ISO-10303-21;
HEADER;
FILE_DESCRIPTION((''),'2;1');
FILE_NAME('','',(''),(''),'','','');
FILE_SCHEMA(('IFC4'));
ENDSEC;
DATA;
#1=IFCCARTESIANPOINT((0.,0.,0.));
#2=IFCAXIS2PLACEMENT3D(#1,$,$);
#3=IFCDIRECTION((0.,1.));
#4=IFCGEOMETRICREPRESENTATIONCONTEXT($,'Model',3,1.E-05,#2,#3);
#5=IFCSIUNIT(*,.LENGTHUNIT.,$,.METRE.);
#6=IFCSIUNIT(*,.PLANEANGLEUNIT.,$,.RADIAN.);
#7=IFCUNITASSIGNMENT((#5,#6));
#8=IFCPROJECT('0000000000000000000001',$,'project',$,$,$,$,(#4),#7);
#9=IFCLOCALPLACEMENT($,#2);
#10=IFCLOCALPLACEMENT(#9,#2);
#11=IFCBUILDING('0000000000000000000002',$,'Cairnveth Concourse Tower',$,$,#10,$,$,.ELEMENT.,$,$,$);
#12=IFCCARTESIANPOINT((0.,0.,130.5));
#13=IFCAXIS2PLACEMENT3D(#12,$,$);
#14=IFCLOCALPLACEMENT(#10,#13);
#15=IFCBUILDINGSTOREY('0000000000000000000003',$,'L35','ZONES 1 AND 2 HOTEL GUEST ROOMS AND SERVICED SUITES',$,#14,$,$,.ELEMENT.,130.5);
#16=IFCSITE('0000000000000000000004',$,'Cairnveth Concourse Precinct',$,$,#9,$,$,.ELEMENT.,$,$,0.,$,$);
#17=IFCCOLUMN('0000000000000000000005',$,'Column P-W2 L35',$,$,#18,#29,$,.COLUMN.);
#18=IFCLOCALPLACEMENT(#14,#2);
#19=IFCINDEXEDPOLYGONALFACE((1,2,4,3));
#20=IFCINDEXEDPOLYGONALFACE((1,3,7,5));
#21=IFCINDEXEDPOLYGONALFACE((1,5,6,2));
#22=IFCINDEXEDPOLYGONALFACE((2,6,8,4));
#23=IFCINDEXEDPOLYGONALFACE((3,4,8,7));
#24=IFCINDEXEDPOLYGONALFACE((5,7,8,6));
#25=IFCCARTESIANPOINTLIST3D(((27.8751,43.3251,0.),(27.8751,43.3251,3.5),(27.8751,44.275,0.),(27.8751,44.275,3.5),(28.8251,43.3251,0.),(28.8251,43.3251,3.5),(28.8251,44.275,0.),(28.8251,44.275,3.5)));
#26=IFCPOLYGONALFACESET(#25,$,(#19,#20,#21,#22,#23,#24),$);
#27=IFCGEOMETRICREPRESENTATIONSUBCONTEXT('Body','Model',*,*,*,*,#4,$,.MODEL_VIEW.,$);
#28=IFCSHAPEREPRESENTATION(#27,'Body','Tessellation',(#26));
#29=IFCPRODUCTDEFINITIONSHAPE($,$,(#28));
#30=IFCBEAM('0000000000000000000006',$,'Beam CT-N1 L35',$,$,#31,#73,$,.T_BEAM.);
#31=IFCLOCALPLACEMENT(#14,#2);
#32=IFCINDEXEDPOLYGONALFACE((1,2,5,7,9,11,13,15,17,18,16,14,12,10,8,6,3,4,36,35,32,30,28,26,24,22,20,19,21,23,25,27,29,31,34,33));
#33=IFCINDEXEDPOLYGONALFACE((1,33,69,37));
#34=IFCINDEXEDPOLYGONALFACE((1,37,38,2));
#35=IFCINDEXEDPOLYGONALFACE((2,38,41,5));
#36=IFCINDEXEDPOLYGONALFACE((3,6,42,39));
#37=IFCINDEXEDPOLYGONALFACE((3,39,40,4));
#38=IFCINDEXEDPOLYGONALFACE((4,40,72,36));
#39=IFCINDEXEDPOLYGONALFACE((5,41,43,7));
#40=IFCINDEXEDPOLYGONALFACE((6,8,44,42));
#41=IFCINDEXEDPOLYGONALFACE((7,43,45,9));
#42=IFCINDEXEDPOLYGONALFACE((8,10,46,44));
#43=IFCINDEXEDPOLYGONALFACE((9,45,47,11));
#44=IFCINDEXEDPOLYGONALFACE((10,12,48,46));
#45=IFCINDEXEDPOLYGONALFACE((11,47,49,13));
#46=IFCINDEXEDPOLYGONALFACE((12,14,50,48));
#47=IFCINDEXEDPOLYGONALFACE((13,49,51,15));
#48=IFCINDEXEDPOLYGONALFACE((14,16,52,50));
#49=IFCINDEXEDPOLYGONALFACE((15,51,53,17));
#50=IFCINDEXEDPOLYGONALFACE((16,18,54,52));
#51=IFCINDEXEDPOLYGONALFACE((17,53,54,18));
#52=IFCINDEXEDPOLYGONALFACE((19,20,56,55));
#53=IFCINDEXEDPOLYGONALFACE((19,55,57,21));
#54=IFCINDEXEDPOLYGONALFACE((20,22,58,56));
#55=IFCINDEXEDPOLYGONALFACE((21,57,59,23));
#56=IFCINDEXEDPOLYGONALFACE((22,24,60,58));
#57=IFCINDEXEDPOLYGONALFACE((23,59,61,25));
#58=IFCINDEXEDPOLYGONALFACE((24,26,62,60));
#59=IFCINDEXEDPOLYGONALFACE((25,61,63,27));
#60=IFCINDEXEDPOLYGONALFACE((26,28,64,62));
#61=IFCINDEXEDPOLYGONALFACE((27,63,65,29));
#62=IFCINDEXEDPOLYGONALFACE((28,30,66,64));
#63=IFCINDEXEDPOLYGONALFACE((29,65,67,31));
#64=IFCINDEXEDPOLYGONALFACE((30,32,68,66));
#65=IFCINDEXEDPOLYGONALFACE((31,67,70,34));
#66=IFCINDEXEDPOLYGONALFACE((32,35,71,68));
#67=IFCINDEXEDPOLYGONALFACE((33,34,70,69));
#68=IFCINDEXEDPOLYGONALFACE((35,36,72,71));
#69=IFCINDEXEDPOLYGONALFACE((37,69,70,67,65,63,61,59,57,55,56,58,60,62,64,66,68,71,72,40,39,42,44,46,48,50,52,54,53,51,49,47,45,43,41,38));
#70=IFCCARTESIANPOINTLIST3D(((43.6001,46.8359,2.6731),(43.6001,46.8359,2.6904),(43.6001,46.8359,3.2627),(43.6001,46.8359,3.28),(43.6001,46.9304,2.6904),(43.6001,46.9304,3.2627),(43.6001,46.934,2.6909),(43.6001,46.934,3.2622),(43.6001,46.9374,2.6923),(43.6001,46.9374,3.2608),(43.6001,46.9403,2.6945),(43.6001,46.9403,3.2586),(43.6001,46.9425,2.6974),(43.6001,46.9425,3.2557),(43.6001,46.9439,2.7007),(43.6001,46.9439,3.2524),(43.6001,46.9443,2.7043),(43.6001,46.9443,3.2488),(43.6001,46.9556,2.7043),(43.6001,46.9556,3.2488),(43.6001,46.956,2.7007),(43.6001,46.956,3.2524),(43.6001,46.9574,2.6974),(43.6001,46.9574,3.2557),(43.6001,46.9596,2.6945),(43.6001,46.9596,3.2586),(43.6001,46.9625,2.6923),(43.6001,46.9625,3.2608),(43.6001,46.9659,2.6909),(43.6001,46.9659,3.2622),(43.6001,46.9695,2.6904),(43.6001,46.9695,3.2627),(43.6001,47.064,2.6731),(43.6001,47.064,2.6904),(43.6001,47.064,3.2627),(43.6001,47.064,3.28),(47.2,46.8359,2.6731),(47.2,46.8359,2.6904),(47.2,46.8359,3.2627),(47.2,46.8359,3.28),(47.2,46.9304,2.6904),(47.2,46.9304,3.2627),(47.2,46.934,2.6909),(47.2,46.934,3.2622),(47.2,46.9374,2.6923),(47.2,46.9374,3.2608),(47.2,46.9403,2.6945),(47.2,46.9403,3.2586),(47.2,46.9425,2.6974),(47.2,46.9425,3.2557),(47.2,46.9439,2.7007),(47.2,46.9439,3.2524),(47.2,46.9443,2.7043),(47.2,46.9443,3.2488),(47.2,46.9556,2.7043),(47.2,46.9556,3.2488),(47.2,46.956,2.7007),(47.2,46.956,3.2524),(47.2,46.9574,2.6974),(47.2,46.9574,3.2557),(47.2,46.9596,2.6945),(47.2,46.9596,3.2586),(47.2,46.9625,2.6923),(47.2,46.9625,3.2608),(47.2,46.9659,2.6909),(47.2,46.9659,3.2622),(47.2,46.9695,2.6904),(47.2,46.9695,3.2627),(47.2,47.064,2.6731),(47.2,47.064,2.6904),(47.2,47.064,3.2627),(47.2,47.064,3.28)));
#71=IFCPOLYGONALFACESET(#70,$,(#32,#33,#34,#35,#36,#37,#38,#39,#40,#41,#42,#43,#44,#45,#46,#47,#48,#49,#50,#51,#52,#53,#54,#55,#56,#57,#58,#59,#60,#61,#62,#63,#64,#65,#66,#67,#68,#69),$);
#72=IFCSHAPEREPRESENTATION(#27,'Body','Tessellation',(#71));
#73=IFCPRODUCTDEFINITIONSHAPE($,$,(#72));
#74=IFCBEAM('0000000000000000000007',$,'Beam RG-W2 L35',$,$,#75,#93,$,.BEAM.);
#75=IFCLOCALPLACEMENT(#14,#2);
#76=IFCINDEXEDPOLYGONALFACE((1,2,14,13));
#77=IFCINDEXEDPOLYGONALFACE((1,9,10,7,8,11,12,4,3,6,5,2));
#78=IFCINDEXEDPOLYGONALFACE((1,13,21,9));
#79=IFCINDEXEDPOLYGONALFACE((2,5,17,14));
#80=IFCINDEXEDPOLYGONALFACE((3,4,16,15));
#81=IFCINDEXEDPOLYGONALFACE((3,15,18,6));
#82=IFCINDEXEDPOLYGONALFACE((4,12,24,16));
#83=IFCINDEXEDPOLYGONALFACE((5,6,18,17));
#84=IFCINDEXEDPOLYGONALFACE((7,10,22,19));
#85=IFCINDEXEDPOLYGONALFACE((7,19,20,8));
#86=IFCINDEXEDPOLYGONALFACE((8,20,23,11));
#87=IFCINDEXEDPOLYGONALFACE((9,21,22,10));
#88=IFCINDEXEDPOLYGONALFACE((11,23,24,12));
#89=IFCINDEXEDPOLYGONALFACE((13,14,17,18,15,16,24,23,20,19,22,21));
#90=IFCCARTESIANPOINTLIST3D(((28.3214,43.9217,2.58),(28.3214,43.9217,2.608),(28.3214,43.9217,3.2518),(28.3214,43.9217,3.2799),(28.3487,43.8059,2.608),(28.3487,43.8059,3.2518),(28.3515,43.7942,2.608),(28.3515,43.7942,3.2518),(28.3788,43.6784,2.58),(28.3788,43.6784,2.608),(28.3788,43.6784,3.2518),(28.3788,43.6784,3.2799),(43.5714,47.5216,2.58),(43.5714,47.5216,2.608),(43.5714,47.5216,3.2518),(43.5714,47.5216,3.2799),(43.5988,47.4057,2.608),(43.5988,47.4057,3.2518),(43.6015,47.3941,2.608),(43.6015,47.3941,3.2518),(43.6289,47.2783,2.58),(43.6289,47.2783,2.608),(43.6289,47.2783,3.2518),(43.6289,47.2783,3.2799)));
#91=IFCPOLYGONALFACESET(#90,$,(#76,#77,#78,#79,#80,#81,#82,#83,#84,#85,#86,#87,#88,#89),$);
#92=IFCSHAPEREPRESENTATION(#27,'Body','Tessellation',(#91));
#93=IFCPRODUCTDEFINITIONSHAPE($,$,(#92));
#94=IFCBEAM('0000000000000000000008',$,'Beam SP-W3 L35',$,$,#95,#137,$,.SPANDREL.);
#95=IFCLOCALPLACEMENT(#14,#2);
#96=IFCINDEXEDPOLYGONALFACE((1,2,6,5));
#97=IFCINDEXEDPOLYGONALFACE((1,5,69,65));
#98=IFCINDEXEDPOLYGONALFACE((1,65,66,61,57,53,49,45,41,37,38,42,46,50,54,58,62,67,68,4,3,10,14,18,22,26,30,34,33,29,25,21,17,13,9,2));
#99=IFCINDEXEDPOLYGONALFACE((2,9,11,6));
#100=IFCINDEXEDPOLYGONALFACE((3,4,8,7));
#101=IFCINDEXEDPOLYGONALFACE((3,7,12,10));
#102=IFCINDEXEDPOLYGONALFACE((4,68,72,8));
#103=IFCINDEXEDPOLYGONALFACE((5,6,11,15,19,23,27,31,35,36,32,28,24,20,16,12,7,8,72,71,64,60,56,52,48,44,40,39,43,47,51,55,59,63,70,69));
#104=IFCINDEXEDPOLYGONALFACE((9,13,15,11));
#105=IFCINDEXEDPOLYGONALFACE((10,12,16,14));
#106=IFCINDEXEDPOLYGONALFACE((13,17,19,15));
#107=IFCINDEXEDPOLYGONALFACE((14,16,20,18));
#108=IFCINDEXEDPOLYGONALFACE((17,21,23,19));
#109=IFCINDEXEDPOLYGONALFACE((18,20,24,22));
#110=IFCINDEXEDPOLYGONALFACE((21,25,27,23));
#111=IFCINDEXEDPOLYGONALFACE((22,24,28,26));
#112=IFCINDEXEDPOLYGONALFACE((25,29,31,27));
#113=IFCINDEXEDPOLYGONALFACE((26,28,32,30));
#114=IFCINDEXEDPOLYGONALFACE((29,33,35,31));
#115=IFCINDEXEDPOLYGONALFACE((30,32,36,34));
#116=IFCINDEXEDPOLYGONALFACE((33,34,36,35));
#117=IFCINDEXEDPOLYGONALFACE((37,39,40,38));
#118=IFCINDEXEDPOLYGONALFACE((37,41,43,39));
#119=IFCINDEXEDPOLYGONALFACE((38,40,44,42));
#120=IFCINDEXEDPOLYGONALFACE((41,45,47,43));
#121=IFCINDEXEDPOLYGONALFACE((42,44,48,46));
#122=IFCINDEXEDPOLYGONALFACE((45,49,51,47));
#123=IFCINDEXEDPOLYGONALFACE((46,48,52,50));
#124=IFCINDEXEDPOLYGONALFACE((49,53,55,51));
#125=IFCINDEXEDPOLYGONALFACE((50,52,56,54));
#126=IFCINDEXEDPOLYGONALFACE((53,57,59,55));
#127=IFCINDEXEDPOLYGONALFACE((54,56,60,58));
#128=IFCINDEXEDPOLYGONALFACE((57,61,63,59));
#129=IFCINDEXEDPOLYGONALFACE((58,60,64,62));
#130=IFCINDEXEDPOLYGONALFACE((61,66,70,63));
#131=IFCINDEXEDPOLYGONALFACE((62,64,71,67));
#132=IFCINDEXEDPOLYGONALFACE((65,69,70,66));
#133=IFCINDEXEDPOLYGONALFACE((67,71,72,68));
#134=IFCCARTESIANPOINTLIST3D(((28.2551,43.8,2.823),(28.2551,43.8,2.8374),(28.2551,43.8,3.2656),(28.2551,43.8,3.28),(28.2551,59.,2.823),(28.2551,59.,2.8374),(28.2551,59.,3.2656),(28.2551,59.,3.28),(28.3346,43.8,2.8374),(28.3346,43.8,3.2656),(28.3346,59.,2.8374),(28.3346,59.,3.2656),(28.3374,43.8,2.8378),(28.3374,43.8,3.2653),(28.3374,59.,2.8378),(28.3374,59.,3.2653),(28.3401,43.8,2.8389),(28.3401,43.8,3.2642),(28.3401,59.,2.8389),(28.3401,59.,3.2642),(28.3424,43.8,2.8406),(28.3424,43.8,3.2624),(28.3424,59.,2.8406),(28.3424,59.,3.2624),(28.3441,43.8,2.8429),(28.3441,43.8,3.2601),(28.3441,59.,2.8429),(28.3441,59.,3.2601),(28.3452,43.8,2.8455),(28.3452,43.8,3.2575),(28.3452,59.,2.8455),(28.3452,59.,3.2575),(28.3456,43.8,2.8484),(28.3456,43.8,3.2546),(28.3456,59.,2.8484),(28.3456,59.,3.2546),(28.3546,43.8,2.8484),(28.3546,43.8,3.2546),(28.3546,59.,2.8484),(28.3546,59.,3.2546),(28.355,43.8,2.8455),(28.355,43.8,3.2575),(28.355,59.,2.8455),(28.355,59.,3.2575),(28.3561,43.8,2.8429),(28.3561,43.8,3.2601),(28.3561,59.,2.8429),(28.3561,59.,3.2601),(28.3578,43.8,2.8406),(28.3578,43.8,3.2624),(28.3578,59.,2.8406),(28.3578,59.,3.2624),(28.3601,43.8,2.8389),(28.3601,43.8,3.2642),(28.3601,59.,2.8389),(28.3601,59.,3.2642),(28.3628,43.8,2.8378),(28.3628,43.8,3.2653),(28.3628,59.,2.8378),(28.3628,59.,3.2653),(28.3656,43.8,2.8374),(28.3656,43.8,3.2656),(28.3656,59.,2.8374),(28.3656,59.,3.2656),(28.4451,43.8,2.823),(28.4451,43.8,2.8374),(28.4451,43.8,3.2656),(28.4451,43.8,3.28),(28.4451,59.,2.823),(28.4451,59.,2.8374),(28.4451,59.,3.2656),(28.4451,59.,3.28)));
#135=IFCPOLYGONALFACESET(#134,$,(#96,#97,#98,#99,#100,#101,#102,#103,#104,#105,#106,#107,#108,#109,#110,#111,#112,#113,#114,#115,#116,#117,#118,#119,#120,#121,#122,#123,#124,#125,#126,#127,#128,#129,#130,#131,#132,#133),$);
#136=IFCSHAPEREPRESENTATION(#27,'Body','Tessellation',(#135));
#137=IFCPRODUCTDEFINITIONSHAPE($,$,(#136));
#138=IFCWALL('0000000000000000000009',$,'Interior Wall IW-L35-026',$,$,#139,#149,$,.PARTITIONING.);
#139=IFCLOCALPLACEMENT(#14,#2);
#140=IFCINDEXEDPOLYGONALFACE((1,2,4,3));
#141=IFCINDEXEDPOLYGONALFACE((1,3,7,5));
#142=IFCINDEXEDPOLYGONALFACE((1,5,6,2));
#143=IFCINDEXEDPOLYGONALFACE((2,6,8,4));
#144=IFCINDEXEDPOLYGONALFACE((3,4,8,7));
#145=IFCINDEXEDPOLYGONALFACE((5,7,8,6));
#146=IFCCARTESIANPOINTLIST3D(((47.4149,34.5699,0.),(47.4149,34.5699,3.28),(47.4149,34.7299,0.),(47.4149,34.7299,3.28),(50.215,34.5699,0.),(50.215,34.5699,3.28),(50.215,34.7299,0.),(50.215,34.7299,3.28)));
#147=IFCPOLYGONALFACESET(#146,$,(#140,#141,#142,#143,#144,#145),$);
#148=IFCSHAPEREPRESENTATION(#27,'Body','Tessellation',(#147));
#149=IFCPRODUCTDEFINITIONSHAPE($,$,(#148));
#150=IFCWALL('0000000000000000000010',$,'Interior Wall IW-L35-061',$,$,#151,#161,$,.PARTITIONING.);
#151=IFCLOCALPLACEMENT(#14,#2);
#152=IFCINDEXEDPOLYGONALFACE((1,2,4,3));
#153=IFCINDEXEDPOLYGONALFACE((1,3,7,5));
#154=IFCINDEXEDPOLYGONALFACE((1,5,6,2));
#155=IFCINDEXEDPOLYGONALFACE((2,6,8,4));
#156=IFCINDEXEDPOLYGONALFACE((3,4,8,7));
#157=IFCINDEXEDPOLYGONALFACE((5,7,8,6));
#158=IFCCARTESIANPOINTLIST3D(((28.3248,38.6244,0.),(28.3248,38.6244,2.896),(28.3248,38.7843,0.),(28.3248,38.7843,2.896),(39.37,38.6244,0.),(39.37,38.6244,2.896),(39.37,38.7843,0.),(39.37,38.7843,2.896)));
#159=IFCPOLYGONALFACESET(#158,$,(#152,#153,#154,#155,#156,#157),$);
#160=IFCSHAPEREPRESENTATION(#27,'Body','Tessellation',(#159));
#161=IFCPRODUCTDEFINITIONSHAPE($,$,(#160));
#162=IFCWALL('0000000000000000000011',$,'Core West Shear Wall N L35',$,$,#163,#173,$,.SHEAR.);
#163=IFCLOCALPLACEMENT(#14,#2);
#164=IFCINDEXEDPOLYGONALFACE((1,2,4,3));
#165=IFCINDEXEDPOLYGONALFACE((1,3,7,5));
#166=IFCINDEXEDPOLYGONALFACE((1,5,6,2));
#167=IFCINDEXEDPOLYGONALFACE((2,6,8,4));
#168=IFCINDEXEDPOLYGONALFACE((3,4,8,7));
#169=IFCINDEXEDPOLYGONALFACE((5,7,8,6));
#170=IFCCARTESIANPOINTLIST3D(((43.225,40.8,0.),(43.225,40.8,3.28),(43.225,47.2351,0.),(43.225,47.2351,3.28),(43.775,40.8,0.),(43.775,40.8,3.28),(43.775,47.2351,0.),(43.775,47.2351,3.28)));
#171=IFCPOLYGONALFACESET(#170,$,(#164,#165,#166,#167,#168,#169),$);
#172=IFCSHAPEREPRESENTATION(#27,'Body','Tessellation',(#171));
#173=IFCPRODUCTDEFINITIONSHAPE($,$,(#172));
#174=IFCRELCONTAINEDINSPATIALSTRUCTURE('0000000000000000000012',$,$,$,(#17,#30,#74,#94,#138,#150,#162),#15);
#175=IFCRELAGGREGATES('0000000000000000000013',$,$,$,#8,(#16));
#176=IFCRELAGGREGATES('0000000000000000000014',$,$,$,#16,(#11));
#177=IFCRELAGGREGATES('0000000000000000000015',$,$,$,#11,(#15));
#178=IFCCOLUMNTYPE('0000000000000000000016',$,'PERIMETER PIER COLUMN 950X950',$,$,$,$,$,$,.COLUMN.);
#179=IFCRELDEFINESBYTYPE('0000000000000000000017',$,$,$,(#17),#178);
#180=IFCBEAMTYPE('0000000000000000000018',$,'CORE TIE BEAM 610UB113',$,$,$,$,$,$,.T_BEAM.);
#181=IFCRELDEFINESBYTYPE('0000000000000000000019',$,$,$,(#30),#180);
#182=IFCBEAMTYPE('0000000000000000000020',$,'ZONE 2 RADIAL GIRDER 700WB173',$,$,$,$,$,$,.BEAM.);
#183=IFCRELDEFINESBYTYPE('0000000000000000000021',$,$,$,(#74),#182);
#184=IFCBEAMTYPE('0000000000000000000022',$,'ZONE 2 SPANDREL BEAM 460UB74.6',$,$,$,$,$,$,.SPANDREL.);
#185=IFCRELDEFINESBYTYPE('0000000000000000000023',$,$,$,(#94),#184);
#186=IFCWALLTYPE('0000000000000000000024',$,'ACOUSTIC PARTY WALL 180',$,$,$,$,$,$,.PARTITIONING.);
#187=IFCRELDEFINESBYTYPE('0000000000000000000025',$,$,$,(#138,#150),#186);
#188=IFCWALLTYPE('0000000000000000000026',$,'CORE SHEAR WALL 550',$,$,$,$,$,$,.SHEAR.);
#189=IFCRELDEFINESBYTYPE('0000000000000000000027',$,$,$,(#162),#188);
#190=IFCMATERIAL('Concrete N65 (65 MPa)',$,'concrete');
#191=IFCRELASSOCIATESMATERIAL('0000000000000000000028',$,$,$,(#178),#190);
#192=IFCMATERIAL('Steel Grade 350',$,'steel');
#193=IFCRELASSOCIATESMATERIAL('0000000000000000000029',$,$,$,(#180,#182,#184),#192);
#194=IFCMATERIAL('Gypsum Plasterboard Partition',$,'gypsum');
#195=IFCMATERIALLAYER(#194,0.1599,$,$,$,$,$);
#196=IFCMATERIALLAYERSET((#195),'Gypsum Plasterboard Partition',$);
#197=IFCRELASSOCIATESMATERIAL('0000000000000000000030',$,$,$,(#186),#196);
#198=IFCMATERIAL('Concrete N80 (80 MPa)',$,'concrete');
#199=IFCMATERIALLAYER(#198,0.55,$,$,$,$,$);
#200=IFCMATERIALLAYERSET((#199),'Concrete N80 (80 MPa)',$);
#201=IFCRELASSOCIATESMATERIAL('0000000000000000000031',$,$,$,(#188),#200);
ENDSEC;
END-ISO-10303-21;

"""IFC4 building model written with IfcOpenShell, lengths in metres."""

from ifc_helpers import new_model, si_unit, direction, frame, frame_2d, origin, origin_2d, place, context, subcontext, project, spatial, rectangle, i_section, extrude, material, layer, layer_set, material_profile, profile_set, type_object, element, save


model = new_model("IFC4")

# Units and contexts
model_context = context("Model", 3, precision=1e-05, world=origin(), true_north=direction((0.0, 1.0)))
body_context = subcontext(model_context, "Body", "Model", "MODEL_VIEW")
ifc_project = project(units=[si_unit("LENGTHUNIT", "METRE"), si_unit("PLANEANGLEUNIT", "RADIAN")], contexts=[model_context])

# Site, building, storey
site_placement = place(None, origin())
site = spatial("IfcSite", under=ifc_project, at=site_placement, Name="Cairnveth Concourse Precinct", CompositionType="ELEMENT", RefElevation=0.0)
building_placement = place(site_placement, origin())
building = spatial("IfcBuilding", under=site, at=building_placement, Name="Cairnveth Concourse Tower", CompositionType="ELEMENT")
storey_placement = place(building_placement, frame((0.0, 0.0, 130.5)))
storey = spatial("IfcBuildingStorey", under=building, at=storey_placement, Name="L35", Description="ZONES 1 AND 2 HOTEL GUEST ROOMS AND SERVICED SUITES", CompositionType="ELEMENT", Elevation=130.5)

# Column
ifc_material_1 = material(Name="Concrete N65 (65 MPa)", Category="concrete")
ifc_material_profile_1 = material_profile(ifc_material_1, rectangle(XDim=0.95, YDim=0.95, at=origin_2d()), Name="RC-COL-950x950")
ifc_profile_set_1 = profile_set([ifc_material_profile_1], Name="Concrete N65 (65 MPa)")
column_type = type_object("IfcColumnType", Name="PERIMETER PIER COLUMN 950X950", PredefinedType="COLUMN", material=ifc_profile_set_1)
column_placement = place(storey_placement, frame((28.3501, 43.8, 0.0), z_axis=(0.0, 0.0, 1.0), x_axis=(0.0, 1.0, 0.0)))
element("IfcColumn", 1, at=column_placement, inside=storey, type_object=column_type, Name="Column P-W2 L35", PredefinedType="COLUMN", context=body_context, shape_type="SweptSolid", body=[
    extrude(rectangle(XDim=0.95, YDim=0.95, at=origin_2d()), origin(), (0.0, 0.0, 1.0), 3.5),
])

# Beams
ifc_material_2 = material(Name="Steel Grade 350", Category="steel")
ifc_material_profile_2 = material_profile(ifc_material_2, i_section(OverallWidth=0.228, OverallDepth=0.6069, WebThickness=0.0112, FlangeThickness=0.0173, FilletRadius=0.0139, at=origin_2d()), Name="610UB113")
ifc_profile_set_2 = profile_set([ifc_material_profile_2], Name="Steel Grade 350")
beam_type_1 = type_object("IfcBeamType", Name="CORE TIE BEAM 610UB113", PredefinedType="T_BEAM", material=ifc_profile_set_2)
beam_1_placement = place(storey_placement, frame((43.6001, 46.95, 2.9766), z_axis=(1.0, 0.0, 0.0), x_axis=(0.0, 1.0, 0.0)))
element("IfcBeam", 2, at=beam_1_placement, inside=storey, type_object=beam_type_1, Name="Beam CT-N1 L35", PredefinedType="T_BEAM", context=body_context, shape_type="SweptSolid", body=[
    extrude(i_section(OverallWidth=0.228, OverallDepth=0.6069, WebThickness=0.0112, FlangeThickness=0.0173, FilletRadius=0.0139, at=origin_2d()), origin(), (0.0, 0.0, 1.0), 3.5999),
])
ifc_material_profile_3 = material_profile(ifc_material_2, i_section(OverallWidth=0.25, OverallDepth=0.7, WebThickness=0.012, FlangeThickness=0.0281, at=origin_2d()), Name="700WB173")
ifc_profile_set_3 = profile_set([ifc_material_profile_3], Name="Steel Grade 350")
beam_type_2 = type_object("IfcBeamType", Name="ZONE 2 RADIAL GIRDER 700WB173", PredefinedType="BEAM", material=ifc_profile_set_3)
beam_2_placement = place(storey_placement, frame((28.3501, 43.8, 2.9299), z_axis=(0.973252, 0.229742, 0.0), x_axis=(-0.229742, 0.973252, 0.0)))
element("IfcBeam", 3, at=beam_2_placement, inside=storey, type_object=beam_type_2, Name="Beam RG-W2 L35", PredefinedType="BEAM", context=body_context, shape_type="SweptSolid", body=[
    extrude(i_section(OverallWidth=0.25, OverallDepth=0.7, WebThickness=0.012, FlangeThickness=0.0281, at=origin_2d()), origin(), (0.0, 0.0, 1.0), 15.6692),
])
ifc_material_profile_4 = material_profile(ifc_material_2, i_section(OverallWidth=0.1899, OverallDepth=0.457, WebThickness=0.009, FlangeThickness=0.0144, FilletRadius=0.011, at=origin_2d()), Name="460UB74.6")
ifc_profile_set_4 = profile_set([ifc_material_profile_4], Name="Steel Grade 350")
beam_type_3 = type_object("IfcBeamType", Name="ZONE 2 SPANDREL BEAM 460UB74.6", PredefinedType="SPANDREL", material=ifc_profile_set_4)
beam_3_placement = place(storey_placement, frame((28.3501, 43.8, 3.0515), z_axis=(0.0, 1.0, 0.0), x_axis=(-1.0, 0.0, 0.0)))
element("IfcBeam", 4, at=beam_3_placement, inside=storey, type_object=beam_type_3, Name="Beam SP-W3 L35", PredefinedType="SPANDREL", context=body_context, shape_type="SweptSolid", body=[
    extrude(i_section(OverallWidth=0.1899, OverallDepth=0.457, WebThickness=0.009, FlangeThickness=0.0144, FilletRadius=0.011, at=origin_2d()), origin(), (0.0, 0.0, 1.0), 15.2),
])

# Walls
ifc_material_3 = material(Name="Gypsum Plasterboard Partition", Category="gypsum")
ifc_layer_1 = layer(ifc_material_3, 0.1599)
ifc_layer_set_1 = layer_set([ifc_layer_1], Name="Gypsum Plasterboard Partition")
wall_type_1 = type_object("IfcWallType", Name="ACOUSTIC PARTY WALL 180", PredefinedType="PARTITIONING", material=ifc_layer_set_1)
wall_1_placement = place(storey_placement, frame((47.415, 34.6499, 0.0), z_axis=(0.0, 0.0, 1.0), x_axis=(1.0, 0.0, 0.0)))
element("IfcWall", 5, at=wall_1_placement, inside=storey, type_object=wall_type_1, Name="Interior Wall IW-L35-026", PredefinedType="PARTITIONING", context=body_context, shape_type="SweptSolid", body=[
    extrude(rectangle(XDim=2.8, YDim=0.1599, at=frame_2d((1.3999, 0.0))), origin(), (0.0, 0.0, 1.0), 3.28),
])
wall_2_placement = place(storey_placement, frame((28.325, 38.7043, 0.0), z_axis=(0.0, 0.0, 1.0), x_axis=(1.0, 0.0, 0.0)))
element("IfcWall", 6, at=wall_2_placement, inside=storey, type_object=wall_type_1, Name="Interior Wall IW-L35-061", PredefinedType="PARTITIONING", context=body_context, shape_type="SweptSolid", body=[
    extrude(rectangle(XDim=11.0452, YDim=0.1599, at=frame_2d((5.5225, 0.0))), origin(), (0.0, 0.0, 1.0), 2.896),
])
ifc_material_4 = material(Name="Concrete N80 (80 MPa)", Category="concrete")
ifc_layer_2 = layer(ifc_material_4, 0.55)
ifc_layer_set_2 = layer_set([ifc_layer_2], Name="Concrete N80 (80 MPa)")
wall_type_2 = type_object("IfcWallType", Name="CORE SHEAR WALL 550", PredefinedType="SHEAR", material=ifc_layer_set_2)
wall_3_placement = place(storey_placement, frame((43.5, 40.8, 0.0), z_axis=(0.0, 0.0, 1.0), x_axis=(0.0, 1.0, 0.0)))
element("IfcWall", 7, at=wall_3_placement, inside=storey, type_object=wall_type_2, Name="Core West Shear Wall N L35", PredefinedType="SHEAR", context=body_context, shape_type="SweptSolid", body=[
    extrude(rectangle(XDim=6.4351, YDim=0.55, at=frame_2d((3.2175, 0.0))), origin(), (0.0, 0.0, 1.0), 3.28),
])

save(model, "model.ifc")
